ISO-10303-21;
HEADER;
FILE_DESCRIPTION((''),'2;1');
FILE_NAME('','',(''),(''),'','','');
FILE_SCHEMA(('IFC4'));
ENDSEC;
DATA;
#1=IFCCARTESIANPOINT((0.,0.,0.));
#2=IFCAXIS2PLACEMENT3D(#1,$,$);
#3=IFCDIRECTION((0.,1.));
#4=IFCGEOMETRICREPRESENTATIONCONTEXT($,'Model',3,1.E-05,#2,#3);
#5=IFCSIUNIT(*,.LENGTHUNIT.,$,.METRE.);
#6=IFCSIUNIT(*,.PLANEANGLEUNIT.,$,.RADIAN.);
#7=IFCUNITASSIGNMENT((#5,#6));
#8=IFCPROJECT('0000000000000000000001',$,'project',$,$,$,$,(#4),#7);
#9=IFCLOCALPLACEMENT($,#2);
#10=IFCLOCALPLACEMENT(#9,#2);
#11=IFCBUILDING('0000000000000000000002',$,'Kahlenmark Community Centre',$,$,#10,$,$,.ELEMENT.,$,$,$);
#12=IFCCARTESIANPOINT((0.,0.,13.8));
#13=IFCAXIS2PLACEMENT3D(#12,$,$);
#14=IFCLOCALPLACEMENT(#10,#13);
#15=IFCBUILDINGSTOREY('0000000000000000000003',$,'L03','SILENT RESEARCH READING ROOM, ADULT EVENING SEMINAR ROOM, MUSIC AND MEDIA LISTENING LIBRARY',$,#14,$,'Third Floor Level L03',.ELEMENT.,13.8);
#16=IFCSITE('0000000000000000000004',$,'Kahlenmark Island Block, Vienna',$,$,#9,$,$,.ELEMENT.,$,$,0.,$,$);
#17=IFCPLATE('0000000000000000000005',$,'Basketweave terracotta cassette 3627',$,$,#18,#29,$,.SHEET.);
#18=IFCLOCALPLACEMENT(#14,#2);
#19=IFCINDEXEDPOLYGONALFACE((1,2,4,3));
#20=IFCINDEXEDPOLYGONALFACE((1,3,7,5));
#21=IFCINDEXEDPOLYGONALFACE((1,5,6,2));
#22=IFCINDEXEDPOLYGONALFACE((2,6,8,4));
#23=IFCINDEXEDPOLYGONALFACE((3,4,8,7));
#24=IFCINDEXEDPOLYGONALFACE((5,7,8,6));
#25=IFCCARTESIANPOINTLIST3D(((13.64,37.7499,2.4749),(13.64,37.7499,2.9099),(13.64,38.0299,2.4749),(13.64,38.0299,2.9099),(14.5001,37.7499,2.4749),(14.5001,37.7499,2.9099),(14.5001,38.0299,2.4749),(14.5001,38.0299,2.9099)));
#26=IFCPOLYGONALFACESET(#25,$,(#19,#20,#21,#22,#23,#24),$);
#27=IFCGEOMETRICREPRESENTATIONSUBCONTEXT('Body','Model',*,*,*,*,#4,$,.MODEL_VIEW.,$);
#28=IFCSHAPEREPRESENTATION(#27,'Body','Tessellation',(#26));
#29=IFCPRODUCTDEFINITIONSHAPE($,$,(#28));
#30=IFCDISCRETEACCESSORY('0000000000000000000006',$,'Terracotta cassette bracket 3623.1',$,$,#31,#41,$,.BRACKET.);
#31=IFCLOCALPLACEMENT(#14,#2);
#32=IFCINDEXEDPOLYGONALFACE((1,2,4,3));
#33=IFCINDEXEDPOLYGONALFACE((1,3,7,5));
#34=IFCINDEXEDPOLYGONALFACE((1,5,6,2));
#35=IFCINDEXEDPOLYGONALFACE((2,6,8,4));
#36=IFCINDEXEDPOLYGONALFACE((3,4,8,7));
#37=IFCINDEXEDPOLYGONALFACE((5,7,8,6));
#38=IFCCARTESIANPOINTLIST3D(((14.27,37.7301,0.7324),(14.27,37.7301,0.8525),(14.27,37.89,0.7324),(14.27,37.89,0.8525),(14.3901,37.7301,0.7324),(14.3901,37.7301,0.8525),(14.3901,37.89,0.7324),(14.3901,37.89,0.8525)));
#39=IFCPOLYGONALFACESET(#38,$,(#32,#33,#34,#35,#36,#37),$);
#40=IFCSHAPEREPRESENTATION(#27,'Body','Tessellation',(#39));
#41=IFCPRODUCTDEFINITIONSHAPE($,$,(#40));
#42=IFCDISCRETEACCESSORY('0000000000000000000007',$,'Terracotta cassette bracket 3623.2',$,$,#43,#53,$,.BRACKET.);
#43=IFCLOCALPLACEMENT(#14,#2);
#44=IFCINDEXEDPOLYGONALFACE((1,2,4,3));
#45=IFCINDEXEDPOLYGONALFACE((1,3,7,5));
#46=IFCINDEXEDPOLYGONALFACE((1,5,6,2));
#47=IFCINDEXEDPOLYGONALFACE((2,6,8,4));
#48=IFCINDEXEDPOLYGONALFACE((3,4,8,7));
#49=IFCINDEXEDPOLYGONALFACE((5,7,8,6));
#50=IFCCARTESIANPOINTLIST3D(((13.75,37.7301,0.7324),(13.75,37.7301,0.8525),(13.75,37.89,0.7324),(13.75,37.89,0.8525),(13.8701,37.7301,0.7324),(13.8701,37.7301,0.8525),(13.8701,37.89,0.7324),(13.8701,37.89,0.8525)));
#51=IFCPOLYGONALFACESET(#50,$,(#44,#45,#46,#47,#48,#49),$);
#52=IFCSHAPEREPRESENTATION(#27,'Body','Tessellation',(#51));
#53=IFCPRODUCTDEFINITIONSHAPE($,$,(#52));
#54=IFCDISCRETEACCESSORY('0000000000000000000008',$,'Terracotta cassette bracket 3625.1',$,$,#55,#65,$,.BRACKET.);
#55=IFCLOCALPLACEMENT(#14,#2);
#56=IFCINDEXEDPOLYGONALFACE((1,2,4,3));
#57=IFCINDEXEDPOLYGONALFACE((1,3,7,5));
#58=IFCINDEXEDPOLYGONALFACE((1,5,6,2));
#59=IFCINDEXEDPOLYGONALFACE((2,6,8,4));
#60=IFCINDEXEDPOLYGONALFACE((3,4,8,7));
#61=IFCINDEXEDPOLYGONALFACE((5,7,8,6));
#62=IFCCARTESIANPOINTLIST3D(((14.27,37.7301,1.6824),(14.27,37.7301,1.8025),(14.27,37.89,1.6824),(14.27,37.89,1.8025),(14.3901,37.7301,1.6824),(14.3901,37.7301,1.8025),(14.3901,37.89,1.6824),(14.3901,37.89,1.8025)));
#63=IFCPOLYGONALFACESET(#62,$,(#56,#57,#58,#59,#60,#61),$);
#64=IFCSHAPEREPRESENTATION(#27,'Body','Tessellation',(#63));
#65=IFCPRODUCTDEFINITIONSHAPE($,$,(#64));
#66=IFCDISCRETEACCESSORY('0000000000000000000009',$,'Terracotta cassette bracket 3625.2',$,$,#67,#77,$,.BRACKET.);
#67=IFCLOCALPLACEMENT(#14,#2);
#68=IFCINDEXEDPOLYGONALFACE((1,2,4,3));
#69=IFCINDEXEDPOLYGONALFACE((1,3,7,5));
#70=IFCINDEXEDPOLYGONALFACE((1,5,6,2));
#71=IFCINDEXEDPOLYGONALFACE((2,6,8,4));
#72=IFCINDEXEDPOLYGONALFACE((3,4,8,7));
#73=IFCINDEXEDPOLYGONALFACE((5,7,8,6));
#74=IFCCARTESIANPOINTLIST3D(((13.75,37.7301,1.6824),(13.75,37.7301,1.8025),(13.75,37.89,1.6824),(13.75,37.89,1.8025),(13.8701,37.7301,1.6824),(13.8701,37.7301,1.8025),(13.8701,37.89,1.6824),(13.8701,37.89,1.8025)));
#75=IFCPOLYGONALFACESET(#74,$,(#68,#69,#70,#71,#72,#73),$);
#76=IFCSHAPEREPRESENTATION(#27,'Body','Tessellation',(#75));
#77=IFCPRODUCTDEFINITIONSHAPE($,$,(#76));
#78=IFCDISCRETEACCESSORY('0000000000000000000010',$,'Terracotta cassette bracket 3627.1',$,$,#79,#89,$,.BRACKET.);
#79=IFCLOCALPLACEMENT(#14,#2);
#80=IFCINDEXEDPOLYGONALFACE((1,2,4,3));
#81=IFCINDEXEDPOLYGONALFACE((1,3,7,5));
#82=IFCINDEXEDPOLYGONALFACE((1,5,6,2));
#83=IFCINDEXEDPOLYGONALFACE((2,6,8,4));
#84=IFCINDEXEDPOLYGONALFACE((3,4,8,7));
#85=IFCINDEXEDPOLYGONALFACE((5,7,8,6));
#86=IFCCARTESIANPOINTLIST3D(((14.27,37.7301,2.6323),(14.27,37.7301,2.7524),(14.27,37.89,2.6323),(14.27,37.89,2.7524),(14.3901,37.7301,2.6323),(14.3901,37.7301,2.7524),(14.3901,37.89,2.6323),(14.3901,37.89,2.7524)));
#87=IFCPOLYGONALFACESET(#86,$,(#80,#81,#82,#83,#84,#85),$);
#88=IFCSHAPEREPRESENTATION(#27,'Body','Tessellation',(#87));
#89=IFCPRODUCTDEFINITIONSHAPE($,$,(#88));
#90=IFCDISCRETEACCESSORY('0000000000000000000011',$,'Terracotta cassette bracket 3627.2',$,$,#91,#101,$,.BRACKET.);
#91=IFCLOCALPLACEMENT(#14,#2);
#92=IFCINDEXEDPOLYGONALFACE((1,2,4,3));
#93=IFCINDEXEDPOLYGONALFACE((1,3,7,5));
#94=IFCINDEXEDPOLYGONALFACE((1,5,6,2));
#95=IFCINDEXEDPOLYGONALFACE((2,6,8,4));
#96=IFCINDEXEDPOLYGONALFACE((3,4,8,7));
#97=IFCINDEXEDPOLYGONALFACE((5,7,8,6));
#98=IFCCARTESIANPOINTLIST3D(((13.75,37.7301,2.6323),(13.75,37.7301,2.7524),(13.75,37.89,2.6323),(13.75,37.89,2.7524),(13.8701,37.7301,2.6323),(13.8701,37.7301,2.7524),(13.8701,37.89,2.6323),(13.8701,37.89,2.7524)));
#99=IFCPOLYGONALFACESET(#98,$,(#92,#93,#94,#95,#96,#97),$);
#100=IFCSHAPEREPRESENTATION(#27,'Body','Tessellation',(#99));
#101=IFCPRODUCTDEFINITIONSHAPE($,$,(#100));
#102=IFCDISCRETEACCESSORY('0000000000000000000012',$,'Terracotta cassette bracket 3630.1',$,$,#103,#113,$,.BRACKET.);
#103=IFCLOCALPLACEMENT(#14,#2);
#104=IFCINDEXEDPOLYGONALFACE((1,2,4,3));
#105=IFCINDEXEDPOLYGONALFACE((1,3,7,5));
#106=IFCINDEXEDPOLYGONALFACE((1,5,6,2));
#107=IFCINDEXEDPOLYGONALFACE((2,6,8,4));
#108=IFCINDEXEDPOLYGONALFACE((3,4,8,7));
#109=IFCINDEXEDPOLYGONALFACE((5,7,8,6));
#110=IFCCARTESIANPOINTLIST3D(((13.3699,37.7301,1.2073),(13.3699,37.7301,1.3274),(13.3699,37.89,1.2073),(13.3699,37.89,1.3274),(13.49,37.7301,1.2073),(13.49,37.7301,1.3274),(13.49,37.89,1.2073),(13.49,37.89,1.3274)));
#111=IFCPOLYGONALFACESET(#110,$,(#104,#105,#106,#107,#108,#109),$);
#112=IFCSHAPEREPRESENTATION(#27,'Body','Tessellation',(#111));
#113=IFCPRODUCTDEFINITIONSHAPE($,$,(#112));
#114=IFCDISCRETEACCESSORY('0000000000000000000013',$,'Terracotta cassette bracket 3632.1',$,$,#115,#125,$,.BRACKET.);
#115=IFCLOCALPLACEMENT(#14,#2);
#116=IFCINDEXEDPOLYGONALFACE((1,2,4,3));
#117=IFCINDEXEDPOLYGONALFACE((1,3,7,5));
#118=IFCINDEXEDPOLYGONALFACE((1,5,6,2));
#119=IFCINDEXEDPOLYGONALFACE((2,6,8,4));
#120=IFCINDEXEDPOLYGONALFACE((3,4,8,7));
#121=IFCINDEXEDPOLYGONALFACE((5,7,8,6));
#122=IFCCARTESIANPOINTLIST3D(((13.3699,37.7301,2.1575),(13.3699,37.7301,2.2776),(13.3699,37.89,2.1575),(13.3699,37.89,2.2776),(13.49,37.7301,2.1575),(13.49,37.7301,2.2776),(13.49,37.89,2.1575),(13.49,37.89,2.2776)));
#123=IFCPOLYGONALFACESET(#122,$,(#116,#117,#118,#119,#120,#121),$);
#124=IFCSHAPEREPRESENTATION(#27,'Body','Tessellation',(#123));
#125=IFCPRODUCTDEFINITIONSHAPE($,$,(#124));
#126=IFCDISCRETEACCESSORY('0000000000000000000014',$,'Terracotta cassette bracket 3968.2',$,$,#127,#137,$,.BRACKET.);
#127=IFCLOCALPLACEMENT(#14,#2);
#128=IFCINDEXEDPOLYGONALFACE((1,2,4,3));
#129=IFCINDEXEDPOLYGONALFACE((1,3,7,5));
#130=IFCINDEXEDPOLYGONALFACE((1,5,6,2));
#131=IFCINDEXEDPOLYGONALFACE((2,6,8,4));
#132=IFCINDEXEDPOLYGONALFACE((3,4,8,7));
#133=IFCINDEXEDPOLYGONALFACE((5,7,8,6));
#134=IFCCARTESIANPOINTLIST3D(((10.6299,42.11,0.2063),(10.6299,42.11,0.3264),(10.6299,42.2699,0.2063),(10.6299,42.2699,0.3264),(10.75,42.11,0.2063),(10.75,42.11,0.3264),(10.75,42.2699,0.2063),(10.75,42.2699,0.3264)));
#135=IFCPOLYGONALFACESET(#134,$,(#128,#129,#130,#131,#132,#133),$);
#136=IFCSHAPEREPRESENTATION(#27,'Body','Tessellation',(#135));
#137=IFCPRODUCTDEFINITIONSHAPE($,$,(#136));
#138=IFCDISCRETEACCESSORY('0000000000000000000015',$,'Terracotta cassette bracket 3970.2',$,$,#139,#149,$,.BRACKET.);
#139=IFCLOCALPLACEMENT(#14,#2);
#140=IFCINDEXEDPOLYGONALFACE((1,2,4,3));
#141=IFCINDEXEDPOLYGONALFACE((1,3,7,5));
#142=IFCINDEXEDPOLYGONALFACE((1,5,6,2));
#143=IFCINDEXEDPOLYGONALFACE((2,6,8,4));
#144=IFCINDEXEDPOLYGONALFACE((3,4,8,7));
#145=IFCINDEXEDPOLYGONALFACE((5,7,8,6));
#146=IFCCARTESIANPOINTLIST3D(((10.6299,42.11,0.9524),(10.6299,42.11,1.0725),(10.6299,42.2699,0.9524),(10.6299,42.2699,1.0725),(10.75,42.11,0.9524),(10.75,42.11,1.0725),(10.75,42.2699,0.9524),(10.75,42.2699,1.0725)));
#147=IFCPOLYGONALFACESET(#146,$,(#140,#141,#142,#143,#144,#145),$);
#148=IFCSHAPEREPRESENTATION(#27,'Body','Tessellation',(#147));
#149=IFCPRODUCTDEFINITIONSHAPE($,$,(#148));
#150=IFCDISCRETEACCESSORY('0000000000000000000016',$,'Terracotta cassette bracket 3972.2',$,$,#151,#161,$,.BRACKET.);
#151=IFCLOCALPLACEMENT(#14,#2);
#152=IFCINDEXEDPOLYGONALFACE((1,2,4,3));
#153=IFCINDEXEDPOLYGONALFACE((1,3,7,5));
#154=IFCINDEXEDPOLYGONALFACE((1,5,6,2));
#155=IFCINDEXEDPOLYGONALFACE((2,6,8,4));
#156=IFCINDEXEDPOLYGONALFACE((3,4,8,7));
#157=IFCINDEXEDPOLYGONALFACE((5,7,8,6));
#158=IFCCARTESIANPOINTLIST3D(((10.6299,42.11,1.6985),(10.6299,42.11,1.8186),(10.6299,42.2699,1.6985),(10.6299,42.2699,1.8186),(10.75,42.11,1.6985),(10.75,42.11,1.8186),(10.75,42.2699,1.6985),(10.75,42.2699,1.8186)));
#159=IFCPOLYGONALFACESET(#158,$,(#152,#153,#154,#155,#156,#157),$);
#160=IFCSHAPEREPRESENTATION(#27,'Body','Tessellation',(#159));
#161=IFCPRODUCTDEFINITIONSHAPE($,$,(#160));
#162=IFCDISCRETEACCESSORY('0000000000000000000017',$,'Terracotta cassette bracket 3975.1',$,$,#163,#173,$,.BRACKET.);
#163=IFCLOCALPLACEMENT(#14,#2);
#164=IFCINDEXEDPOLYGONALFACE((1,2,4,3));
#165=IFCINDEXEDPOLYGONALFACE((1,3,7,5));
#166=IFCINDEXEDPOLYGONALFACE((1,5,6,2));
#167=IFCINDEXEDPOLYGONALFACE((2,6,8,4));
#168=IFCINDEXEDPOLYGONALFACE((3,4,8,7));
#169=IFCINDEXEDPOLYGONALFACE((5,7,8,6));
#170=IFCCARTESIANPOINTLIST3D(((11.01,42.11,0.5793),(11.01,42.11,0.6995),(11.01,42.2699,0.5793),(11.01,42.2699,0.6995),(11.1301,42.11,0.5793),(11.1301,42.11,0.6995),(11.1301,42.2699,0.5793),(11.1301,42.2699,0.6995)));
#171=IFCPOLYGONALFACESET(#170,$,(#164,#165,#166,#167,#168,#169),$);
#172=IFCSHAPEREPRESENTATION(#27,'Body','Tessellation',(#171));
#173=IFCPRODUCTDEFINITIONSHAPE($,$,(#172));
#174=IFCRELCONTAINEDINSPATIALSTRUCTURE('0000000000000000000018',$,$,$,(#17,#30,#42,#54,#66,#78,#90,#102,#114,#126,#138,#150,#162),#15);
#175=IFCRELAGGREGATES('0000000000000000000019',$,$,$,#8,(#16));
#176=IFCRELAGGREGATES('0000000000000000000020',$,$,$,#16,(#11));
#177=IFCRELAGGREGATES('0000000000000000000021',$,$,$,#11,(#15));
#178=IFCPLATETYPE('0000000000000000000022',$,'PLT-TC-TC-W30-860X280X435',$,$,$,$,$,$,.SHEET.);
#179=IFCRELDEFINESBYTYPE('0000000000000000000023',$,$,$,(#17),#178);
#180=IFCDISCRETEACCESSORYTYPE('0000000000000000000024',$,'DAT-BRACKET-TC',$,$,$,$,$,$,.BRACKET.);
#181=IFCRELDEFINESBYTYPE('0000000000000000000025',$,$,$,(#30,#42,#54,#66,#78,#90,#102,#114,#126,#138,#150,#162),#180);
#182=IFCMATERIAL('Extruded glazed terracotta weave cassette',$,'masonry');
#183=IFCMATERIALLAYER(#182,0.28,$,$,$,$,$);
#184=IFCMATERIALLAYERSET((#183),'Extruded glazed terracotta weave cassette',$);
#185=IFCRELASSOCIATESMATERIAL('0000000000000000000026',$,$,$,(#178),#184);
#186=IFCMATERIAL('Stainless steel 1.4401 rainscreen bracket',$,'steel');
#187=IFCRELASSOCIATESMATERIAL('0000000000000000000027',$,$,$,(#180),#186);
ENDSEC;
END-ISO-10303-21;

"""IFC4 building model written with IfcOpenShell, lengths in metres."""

from ifc_helpers import new_model, si_unit, direction, frame, origin, origin_2d, place, context, subcontext, project, spatial, rectangle, extrude, material, layer, layer_set, type_object, element, save


model = new_model("IFC4")

# Units and contexts
model_context = context("Model", 3, precision=1e-05, world=origin(), true_north=direction((0.0, 1.0)))
body_context = subcontext(model_context, "Body", "Model", "MODEL_VIEW")
ifc_project = project(units=[si_unit("LENGTHUNIT", "METRE"), si_unit("PLANEANGLEUNIT", "RADIAN")], contexts=[model_context])

# Site, building, storey
site_placement = place(None, origin())
site = spatial("IfcSite", under=ifc_project, at=site_placement, Name="Kahlenmark Island Block, Vienna", CompositionType="ELEMENT", RefElevation=0.0)
building_placement = place(site_placement, origin())
building = spatial("IfcBuilding", under=site, at=building_placement, Name="Kahlenmark Community Centre", CompositionType="ELEMENT")
storey_placement = place(building_placement, frame((0.0, 0.0, 13.8)))
storey = spatial("IfcBuildingStorey", under=building, at=storey_placement, Name="L03", Description="SILENT RESEARCH READING ROOM, ADULT EVENING SEMINAR ROOM, MUSIC AND MEDIA LISTENING LIBRARY", LongName="Third Floor Level L03", CompositionType="ELEMENT", Elevation=13.8)

# Plate
ifc_material_1 = material(Name="Extruded glazed terracotta weave cassette", Category="masonry")
ifc_layer_1 = layer(ifc_material_1, 0.28)
ifc_layer_set_1 = layer_set([ifc_layer_1], Name="Extruded glazed terracotta weave cassette")
plate_type_1 = type_object("IfcPlateType", Name="PLT-TC-TC-W30-860X280X435", PredefinedType="SHEET", material=ifc_layer_set_1)
plate_1_placement = place(storey_placement, frame((14.0701, 37.8899, 2.4749), z_axis=(0.0, 0.0, 1.0), x_axis=(-1.0, 0.0, 0.0)))
element("IfcPlate", 1, at=plate_1_placement, inside=storey, type_object=plate_type_1, Name="Basketweave terracotta cassette 3627", PredefinedType="SHEET", context=body_context, shape_type="SweptSolid", body=[
    extrude(rectangle(XDim=0.8601, YDim=0.28, at=origin_2d()), origin(), (0.0, 0.0, 1.0), 0.4351),
])

# Discrete accessories
ifc_material_2 = material(Name="Stainless steel 1.4401 rainscreen bracket", Category="steel")
discrete_accessory_type = type_object("IfcDiscreteAccessoryType", Name="DAT-BRACKET-TC", PredefinedType="BRACKET", material=ifc_material_2)
for number, where, z_axis, x_axis, name in (
    (2, (14.3301, 37.8101, 0.7324), (0.0, 0.0, 1.0), (-1.0, 0.0, 0.0), "Terracotta cassette bracket 3623.1"),
    (3, (13.8101, 37.8101, 0.7324), (0.0, 0.0, 1.0), (-1.0, 0.0, 0.0), "Terracotta cassette bracket 3623.2"),
    (4, (14.3301, 37.8101, 1.6824), (0.0, 0.0, 1.0), (-1.0, 0.0, 0.0), "Terracotta cassette bracket 3625.1"),
    (5, (13.8101, 37.8101, 1.6824), (0.0, 0.0, 1.0), (-1.0, 0.0, 0.0), "Terracotta cassette bracket 3625.2"),
    (6, (14.3301, 37.8101, 2.6323), (0.0, 0.0, 1.0), (-1.0, 0.0, 0.0), "Terracotta cassette bracket 3627.1"),
    (7, (13.8101, 37.8101, 2.6323), (0.0, 0.0, 1.0), (-1.0, 0.0, 0.0), "Terracotta cassette bracket 3627.2"),
    (8, (13.4299, 37.8101, 1.2073), (0.0, 0.0, 1.0), (-1.0, 0.0, 0.0), "Terracotta cassette bracket 3630.1"),
    (9, (13.4299, 37.8101, 2.1575), (0.0, 0.0, 1.0), (-1.0, 0.0, 0.0), "Terracotta cassette bracket 3632.1"),
    (10, (10.6899, 42.1899, 0.2063), (0.0, 0.0, 1.0), (1.0, 0.0, 0.0), "Terracotta cassette bracket 3968.2"),
    (11, (10.6899, 42.1899, 0.9524), (0.0, 0.0, 1.0), (1.0, 0.0, 0.0), "Terracotta cassette bracket 3970.2"),
    (12, (10.6899, 42.1899, 1.6985), (0.0, 0.0, 1.0), (1.0, 0.0, 0.0), "Terracotta cassette bracket 3972.2"),
    (13, (11.0701, 42.1899, 0.5793), (0.0, 0.0, 1.0), (1.0, 0.0, 0.0), "Terracotta cassette bracket 3975.1"),
):
    element("IfcDiscreteAccessory", number, at=place(storey_placement, frame(where, z_axis=z_axis, x_axis=x_axis)), inside=storey, type_object=discrete_accessory_type, Name=name, PredefinedType="BRACKET", context=body_context, shape_type="SweptSolid", body=[
        extrude(rectangle(XDim=0.1201, YDim=0.1599, at=origin_2d()), origin(), (0.0, 0.0, 1.0), 0.1201),
    ])

save(model, "model.ifc")
